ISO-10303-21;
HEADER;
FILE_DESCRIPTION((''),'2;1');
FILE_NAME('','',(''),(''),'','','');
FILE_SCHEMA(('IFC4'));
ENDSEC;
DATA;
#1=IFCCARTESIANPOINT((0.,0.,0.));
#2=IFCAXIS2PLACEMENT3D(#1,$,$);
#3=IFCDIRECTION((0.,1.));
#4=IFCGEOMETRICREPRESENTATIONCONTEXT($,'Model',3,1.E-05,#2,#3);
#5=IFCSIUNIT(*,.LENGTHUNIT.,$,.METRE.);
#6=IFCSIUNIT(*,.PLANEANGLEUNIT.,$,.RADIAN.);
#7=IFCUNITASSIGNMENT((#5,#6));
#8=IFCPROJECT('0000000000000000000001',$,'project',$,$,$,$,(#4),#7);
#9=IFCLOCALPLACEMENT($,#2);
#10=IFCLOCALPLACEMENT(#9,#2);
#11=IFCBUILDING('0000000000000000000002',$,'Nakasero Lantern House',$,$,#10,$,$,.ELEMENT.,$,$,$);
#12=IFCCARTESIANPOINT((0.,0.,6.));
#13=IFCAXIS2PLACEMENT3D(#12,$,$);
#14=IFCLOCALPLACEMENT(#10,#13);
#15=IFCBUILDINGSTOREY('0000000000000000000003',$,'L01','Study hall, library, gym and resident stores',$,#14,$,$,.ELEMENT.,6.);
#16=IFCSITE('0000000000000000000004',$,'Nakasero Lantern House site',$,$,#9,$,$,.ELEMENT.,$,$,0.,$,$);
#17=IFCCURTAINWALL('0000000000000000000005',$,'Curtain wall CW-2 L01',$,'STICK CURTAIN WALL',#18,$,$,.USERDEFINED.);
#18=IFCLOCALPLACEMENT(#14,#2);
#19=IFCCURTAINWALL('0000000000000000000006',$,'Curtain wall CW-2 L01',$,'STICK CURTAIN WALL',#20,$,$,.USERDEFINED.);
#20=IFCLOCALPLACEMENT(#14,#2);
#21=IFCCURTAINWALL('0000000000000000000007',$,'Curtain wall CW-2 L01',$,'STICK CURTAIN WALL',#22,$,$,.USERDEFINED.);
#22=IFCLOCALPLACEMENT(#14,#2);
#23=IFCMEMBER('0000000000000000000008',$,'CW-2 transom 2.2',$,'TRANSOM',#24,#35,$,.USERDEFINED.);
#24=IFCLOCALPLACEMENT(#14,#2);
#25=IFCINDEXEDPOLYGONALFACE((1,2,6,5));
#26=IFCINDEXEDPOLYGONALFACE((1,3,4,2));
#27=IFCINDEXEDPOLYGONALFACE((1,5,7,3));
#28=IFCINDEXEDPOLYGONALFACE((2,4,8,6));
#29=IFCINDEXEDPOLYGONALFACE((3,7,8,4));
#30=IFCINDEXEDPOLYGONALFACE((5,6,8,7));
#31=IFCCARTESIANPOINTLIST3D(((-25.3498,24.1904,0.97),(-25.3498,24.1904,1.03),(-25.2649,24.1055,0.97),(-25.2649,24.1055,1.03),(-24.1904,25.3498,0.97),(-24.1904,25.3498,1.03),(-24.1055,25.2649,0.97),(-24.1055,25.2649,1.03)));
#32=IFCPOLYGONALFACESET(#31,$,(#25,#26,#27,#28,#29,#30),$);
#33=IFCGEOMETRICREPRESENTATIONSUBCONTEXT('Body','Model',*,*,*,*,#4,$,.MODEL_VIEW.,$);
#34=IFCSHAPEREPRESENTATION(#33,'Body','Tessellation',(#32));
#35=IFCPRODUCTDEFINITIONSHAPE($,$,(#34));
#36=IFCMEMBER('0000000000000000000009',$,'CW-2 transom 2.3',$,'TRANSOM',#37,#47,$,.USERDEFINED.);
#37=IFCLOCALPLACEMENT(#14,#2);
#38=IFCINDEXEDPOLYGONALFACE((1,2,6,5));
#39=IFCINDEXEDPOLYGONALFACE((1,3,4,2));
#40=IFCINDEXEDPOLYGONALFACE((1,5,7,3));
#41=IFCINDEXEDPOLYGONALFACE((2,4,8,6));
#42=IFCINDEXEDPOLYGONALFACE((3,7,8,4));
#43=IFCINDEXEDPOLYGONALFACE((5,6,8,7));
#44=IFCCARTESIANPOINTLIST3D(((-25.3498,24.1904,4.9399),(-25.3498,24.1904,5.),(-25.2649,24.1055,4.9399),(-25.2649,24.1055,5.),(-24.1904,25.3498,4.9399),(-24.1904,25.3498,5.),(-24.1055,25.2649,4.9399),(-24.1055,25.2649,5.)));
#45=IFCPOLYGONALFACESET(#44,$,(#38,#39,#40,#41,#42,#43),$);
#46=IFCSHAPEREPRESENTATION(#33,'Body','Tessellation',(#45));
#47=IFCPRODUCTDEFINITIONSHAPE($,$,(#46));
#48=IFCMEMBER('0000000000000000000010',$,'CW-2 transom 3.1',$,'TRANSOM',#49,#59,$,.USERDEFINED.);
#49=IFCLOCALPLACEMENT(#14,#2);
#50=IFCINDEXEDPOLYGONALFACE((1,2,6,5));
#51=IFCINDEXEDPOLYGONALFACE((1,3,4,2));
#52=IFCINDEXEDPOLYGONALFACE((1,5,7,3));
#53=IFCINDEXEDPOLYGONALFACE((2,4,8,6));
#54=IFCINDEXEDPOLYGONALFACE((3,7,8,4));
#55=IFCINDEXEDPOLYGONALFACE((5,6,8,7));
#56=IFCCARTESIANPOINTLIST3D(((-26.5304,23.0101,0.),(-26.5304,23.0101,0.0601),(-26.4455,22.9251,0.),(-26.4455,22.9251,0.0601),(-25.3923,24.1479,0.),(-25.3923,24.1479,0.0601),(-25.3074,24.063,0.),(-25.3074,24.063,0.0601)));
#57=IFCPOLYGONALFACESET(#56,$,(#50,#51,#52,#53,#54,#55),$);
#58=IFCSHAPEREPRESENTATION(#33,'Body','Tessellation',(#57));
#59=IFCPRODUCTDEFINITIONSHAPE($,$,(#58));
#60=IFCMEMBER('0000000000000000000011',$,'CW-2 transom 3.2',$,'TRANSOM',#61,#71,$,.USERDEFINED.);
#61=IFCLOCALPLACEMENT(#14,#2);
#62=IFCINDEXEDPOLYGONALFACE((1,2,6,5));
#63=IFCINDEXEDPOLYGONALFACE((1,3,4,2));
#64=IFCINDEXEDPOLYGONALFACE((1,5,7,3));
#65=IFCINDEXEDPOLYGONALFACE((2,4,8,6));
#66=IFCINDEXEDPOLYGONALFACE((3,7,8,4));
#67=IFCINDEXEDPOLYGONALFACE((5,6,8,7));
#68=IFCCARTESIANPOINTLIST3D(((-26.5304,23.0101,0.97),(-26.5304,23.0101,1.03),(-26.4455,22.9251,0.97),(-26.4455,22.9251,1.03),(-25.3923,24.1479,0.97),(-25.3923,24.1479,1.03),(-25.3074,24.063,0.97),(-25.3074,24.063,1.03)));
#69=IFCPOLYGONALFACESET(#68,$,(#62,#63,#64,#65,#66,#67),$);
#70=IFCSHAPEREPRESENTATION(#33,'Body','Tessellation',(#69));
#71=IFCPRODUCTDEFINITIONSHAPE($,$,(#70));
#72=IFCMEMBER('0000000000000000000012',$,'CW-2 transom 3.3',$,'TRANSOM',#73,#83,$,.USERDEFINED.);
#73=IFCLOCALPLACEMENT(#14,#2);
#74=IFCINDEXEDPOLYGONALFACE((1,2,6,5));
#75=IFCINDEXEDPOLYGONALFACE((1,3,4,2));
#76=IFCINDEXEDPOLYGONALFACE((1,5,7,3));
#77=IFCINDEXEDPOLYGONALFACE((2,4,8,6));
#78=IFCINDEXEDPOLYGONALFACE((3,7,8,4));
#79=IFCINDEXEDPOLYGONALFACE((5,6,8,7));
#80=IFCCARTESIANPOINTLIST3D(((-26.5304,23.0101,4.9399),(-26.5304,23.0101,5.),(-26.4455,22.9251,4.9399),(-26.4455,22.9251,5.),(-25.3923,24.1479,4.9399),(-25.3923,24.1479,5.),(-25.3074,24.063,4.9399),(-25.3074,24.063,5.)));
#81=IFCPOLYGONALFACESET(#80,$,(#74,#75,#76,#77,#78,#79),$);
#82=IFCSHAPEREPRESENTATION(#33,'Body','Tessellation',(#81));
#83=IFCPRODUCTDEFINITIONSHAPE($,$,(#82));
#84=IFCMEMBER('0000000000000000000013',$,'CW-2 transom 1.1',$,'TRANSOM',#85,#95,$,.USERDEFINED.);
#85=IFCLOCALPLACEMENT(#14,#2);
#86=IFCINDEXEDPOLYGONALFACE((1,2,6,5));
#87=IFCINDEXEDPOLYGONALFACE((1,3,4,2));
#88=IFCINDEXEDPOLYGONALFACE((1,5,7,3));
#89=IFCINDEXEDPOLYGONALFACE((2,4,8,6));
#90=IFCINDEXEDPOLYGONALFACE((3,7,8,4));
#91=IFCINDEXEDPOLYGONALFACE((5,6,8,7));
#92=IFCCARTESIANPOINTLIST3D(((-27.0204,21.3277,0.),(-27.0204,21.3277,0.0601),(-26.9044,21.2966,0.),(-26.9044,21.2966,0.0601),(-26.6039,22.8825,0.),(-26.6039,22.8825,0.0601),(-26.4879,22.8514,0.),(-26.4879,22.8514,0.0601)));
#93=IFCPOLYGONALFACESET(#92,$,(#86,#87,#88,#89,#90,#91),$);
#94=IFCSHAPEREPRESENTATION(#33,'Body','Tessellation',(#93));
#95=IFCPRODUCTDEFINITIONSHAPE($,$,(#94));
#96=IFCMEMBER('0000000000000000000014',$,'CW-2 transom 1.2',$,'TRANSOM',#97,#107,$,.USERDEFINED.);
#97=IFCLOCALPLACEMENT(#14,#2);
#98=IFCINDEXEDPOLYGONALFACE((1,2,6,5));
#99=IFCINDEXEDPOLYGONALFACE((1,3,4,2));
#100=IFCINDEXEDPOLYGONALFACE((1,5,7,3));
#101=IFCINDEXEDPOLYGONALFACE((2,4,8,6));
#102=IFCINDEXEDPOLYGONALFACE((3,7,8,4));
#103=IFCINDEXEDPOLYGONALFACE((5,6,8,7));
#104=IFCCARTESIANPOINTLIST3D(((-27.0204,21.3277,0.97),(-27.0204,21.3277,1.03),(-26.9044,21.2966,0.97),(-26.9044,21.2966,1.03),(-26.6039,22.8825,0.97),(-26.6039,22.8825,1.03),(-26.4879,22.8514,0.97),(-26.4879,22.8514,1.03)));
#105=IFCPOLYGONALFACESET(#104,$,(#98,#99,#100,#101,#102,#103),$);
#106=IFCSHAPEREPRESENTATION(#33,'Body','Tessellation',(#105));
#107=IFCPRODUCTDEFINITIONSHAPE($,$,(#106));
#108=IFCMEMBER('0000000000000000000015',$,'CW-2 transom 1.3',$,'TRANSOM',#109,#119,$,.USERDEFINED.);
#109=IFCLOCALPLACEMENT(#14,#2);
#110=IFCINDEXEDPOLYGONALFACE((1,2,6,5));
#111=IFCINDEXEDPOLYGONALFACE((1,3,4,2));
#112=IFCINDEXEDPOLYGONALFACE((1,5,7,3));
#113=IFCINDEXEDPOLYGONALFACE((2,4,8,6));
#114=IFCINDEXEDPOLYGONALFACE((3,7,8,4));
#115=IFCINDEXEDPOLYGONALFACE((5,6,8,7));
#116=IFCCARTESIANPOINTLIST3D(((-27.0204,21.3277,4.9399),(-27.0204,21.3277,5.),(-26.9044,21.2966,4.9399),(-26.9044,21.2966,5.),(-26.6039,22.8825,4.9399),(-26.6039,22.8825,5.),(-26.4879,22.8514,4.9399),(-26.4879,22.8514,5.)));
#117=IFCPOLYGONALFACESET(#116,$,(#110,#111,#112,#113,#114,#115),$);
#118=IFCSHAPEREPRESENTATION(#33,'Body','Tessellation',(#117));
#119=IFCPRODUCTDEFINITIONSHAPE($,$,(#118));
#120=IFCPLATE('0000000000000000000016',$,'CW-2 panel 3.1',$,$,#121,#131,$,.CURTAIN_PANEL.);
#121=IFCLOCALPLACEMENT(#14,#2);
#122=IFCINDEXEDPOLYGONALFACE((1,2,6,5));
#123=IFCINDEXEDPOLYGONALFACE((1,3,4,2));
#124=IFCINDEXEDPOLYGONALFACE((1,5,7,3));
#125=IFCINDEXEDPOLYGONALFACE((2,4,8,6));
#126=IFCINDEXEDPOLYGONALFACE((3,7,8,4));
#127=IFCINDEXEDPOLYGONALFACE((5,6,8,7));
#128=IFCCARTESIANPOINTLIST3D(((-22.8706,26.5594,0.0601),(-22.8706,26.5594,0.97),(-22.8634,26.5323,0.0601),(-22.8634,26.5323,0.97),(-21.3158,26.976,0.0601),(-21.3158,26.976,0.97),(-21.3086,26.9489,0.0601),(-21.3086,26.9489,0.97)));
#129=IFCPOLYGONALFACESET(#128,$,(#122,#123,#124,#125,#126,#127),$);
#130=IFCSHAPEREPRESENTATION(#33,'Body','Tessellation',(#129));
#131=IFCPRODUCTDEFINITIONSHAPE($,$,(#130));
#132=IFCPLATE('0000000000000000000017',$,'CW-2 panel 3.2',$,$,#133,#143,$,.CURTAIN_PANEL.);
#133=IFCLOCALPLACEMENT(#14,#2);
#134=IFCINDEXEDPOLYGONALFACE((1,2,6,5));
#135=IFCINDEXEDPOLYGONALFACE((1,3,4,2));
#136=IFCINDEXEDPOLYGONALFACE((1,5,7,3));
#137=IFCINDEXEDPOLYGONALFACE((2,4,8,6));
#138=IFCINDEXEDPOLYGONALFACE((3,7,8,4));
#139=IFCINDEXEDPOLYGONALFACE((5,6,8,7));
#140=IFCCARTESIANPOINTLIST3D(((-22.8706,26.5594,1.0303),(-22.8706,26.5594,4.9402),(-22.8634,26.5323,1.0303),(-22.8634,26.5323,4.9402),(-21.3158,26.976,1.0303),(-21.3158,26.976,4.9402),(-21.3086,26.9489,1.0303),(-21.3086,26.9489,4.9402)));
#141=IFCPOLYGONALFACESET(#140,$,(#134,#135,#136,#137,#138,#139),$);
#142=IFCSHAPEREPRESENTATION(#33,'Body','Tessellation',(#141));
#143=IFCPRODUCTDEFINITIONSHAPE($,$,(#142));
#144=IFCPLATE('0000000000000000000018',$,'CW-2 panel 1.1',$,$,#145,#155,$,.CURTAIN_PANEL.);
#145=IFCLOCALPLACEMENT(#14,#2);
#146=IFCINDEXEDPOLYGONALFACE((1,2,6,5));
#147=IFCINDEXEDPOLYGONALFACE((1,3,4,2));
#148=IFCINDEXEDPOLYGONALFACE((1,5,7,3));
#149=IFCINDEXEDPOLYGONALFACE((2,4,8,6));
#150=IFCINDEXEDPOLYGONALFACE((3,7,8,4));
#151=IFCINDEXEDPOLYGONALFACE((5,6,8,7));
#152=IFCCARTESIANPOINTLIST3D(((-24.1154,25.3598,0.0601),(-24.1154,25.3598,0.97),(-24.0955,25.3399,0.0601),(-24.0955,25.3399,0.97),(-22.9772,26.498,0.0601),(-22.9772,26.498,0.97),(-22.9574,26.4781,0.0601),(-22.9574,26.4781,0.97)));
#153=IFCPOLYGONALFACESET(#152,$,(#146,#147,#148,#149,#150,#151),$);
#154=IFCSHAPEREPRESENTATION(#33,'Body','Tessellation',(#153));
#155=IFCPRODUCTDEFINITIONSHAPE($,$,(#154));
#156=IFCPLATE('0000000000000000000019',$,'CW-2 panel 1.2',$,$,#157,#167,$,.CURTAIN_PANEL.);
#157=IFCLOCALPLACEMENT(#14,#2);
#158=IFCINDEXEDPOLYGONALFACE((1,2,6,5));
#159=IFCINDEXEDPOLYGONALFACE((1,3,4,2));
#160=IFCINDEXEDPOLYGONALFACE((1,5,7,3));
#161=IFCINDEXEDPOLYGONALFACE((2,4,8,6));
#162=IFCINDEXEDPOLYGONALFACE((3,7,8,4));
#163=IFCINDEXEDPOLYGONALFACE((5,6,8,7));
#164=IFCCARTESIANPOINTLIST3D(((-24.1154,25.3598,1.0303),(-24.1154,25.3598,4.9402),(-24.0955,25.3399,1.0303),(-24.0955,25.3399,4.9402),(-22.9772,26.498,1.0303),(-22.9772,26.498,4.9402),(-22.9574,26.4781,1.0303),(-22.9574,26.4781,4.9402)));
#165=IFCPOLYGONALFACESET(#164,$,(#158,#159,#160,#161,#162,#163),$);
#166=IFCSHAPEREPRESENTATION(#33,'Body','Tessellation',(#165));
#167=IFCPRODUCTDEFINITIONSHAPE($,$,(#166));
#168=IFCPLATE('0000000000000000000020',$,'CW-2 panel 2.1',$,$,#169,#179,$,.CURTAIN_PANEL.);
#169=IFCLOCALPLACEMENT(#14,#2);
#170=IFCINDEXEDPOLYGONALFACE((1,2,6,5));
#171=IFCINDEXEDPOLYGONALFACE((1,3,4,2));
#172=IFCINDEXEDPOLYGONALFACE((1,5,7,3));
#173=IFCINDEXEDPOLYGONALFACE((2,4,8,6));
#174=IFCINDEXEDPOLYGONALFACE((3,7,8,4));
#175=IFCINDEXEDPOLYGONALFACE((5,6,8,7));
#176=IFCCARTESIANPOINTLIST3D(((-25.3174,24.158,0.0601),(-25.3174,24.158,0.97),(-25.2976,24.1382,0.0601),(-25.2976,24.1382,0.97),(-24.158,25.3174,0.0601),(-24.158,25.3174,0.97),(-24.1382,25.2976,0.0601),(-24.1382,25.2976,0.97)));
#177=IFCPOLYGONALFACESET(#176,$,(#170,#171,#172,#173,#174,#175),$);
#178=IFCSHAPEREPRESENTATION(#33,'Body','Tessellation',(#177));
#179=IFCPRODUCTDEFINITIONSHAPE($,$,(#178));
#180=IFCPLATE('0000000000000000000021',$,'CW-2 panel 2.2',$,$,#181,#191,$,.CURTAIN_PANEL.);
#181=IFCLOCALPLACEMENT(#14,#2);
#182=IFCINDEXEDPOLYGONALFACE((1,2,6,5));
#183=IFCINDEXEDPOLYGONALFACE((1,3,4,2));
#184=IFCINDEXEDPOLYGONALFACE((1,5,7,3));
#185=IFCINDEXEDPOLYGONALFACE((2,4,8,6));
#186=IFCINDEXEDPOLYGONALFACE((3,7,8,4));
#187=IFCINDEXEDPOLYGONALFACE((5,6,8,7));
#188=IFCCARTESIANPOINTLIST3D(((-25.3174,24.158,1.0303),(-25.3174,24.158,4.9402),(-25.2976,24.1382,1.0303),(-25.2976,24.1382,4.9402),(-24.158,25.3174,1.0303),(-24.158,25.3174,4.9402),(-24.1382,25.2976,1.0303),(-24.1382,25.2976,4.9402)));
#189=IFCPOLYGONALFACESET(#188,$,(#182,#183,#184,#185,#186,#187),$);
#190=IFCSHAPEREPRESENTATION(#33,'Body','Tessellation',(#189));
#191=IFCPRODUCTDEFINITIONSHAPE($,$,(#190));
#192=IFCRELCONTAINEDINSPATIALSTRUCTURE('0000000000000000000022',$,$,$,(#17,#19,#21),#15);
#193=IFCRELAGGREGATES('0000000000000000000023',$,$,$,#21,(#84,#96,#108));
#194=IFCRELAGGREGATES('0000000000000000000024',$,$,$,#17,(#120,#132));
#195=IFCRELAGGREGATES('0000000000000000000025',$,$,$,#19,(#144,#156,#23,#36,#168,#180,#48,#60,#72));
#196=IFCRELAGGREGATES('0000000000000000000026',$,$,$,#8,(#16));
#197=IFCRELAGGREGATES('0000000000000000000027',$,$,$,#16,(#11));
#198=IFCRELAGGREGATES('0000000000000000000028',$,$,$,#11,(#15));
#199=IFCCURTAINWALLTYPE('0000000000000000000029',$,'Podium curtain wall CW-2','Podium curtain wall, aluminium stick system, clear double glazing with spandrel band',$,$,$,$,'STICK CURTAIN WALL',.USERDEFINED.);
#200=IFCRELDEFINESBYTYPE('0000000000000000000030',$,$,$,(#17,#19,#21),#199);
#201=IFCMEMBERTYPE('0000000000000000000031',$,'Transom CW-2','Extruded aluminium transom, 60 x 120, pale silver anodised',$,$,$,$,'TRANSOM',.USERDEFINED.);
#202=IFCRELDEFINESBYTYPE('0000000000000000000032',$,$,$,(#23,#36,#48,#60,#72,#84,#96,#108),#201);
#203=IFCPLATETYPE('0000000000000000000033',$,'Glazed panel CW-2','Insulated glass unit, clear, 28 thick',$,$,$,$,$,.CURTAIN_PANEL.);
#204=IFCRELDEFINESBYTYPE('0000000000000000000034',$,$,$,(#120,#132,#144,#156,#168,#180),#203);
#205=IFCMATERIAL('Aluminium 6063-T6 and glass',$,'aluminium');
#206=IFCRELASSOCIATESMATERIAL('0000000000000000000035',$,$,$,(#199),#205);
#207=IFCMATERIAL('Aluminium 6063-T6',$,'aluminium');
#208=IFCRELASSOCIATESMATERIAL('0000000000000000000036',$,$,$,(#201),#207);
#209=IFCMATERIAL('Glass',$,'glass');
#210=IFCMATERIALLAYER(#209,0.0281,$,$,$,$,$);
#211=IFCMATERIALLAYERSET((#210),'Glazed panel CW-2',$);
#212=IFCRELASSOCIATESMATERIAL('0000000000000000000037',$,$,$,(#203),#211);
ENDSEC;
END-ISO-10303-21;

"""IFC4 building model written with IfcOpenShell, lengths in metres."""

from ifc_helpers import new_model, si_unit, direction, frame, origin, origin_2d, place, context, subcontext, project, spatial, rectangle, extrude, material, layer, layer_set, material_profile, profile_set, type_object, element, aggregate, save


model = new_model("IFC4")

# Units and contexts
model_context = context("Model", 3, precision=1e-05, world=origin(), true_north=direction((0.0, 1.0)))
body_context = subcontext(model_context, "Body", "Model", "MODEL_VIEW")
ifc_project = project(units=[si_unit("LENGTHUNIT", "METRE"), si_unit("PLANEANGLEUNIT", "RADIAN")], contexts=[model_context])

# Site, building, storey
site_placement = place(None, origin())
site = spatial("IfcSite", under=ifc_project, at=site_placement, Name="Nakasero Lantern House site", CompositionType="ELEMENT", RefElevation=0.0)
building_placement = place(site_placement, origin())
building = spatial("IfcBuilding", under=site, at=building_placement, Name="Nakasero Lantern House", CompositionType="ELEMENT")
storey_placement = place(building_placement, frame((0.0, 0.0, 6.0)))
storey = spatial("IfcBuildingStorey", under=building, at=storey_placement, Name="L01", Description="Study hall, library, gym and resident stores", CompositionType="ELEMENT", Elevation=6.0)

# Curtain walls
ifc_material_1 = material(Name="Aluminium 6063-T6 and glass", Category="aluminium")
curtain_wall_type = type_object("IfcCurtainWallType", Name="Podium curtain wall CW-2", Description="Podium curtain wall, aluminium stick system, clear double glazing with spandrel band", ElementType="STICK CURTAIN WALL", PredefinedType="USERDEFINED", material=ifc_material_1)
curtain_wall_1_placement = place(storey_placement, origin())
curtain_wall_1 = element("IfcCurtainWall", 1, at=curtain_wall_1_placement, inside=storey, type_object=curtain_wall_type, Name="Curtain wall CW-2 L01", ObjectType="STICK CURTAIN WALL", PredefinedType="USERDEFINED")
curtain_wall_2_placement = place(storey_placement, origin())
curtain_wall_2 = element("IfcCurtainWall", 2, at=curtain_wall_2_placement, inside=storey, type_object=curtain_wall_type, Name="Curtain wall CW-2 L01", ObjectType="STICK CURTAIN WALL", PredefinedType="USERDEFINED")

# Curtain wall
curtain_wall_3_placement = place(storey_placement, origin())
curtain_wall_3 = element("IfcCurtainWall", 3, at=curtain_wall_3_placement, inside=storey, type_object=curtain_wall_type, Name="Curtain wall CW-2 L01", ObjectType="STICK CURTAIN WALL", PredefinedType="USERDEFINED")

# Members
ifc_material_2 = material(Name="Aluminium 6063-T6", Category="aluminium")
ifc_material_profile_1 = material_profile(ifc_material_2, rectangle(XDim=0.0601, YDim=0.1201, at=origin_2d()), Name="CW-2 transom 60x120")
ifc_profile_set_1 = profile_set([ifc_material_profile_1], Name="Aluminium 6063-T6")
member_type_1 = type_object("IfcMemberType", Name="Transom CW-2", Description="Extruded aluminium transom, 60 x 120, pale silver anodised", ElementType="TRANSOM", PredefinedType="USERDEFINED", material=ifc_profile_set_1)
member_1_placement = place(storey_placement, frame((-24.1479, 25.3074, 1.0), z_axis=(-0.707107, -0.707107, 0.0), x_axis=(0.0, 0.0, 1.0)))
member_1 = element("IfcMember", 4, at=member_1_placement, type_object=member_type_1, Name="CW-2 transom 2.2", ObjectType="TRANSOM", PredefinedType="USERDEFINED", context=body_context, shape_type="SweptSolid", body=[
    extrude(rectangle(XDim=0.0601, YDim=0.1201, at=origin_2d()), origin(), (0.0, 0.0, 1.0), 1.6396),
])
member_2_placement = place(storey_placement, frame((-24.1479, 25.3074, 4.97), z_axis=(-0.707107, -0.707107, 0.0), x_axis=(0.0, 0.0, 1.0)))
member_2 = element("IfcMember", 5, at=member_2_placement, type_object=member_type_1, Name="CW-2 transom 2.3", ObjectType="TRANSOM", PredefinedType="USERDEFINED", context=body_context, shape_type="SweptSolid", body=[
    extrude(rectangle(XDim=0.0601, YDim=0.1201, at=origin_2d()), origin(), (0.0, 0.0, 1.0), 1.6396),
])
member_3_placement = place(storey_placement, frame((-25.3499, 24.1055, 0.03), z_axis=(-0.707183, -0.707031, 0.0), x_axis=(0.0, 0.0, 1.0)))
member_3 = element("IfcMember", 6, at=member_3_placement, type_object=member_type_1, Name="CW-2 transom 3.1", ObjectType="TRANSOM", PredefinedType="USERDEFINED", context=body_context, shape_type="SweptSolid", body=[
    extrude(rectangle(XDim=0.0601, YDim=0.1201, at=origin_2d()), origin(), (0.0, 0.0, 1.0), 1.6094),
])
member_4_placement = place(storey_placement, frame((-25.3499, 24.1055, 1.0), z_axis=(-0.707183, -0.707031, 0.0), x_axis=(0.0, 0.0, 1.0)))
member_4 = element("IfcMember", 7, at=member_4_placement, type_object=member_type_1, Name="CW-2 transom 3.2", ObjectType="TRANSOM", PredefinedType="USERDEFINED", context=body_context, shape_type="SweptSolid", body=[
    extrude(rectangle(XDim=0.0601, YDim=0.1201, at=origin_2d()), origin(), (0.0, 0.0, 1.0), 1.6094),
])
member_5_placement = place(storey_placement, frame((-25.3499, 24.1055, 4.97), z_axis=(-0.707183, -0.707031, 0.0), x_axis=(0.0, 0.0, 1.0)))
member_5 = element("IfcMember", 8, at=member_5_placement, type_object=member_type_1, Name="CW-2 transom 3.3", ObjectType="TRANSOM", PredefinedType="USERDEFINED", context=body_context, shape_type="SweptSolid", body=[
    extrude(rectangle(XDim=0.0601, YDim=0.1201, at=origin_2d()), origin(), (0.0, 0.0, 1.0), 1.6094),
])
member_6_placement = place(storey_placement, frame((-26.5459, 22.8669, 0.03), z_axis=(-0.258777, -0.965937, 0.0), x_axis=(0.0, 0.0, 1.0)))
member_6 = element("IfcMember", 9, at=member_6_placement, type_object=member_type_1, Name="CW-2 transom 1.1", ObjectType="TRANSOM", PredefinedType="USERDEFINED", context=body_context, shape_type="SweptSolid", body=[
    extrude(rectangle(XDim=0.0601, YDim=0.1201, at=origin_2d()), origin(), (0.0, 0.0, 1.0), 1.6096),
])
member_7_placement = place(storey_placement, frame((-26.5459, 22.8669, 1.0), z_axis=(-0.258777, -0.965937, 0.0), x_axis=(0.0, 0.0, 1.0)))
member_7 = element("IfcMember", 10, at=member_7_placement, type_object=member_type_1, Name="CW-2 transom 1.2", ObjectType="TRANSOM", PredefinedType="USERDEFINED", context=body_context, shape_type="SweptSolid", body=[
    extrude(rectangle(XDim=0.0601, YDim=0.1201, at=origin_2d()), origin(), (0.0, 0.0, 1.0), 1.6096),
])
member_8_placement = place(storey_placement, frame((-26.5459, 22.8669, 4.97), z_axis=(-0.258777, -0.965937, 0.0), x_axis=(0.0, 0.0, 1.0)))
member_8 = element("IfcMember", 11, at=member_8_placement, type_object=member_type_1, Name="CW-2 transom 1.3", ObjectType="TRANSOM", PredefinedType="USERDEFINED", context=body_context, shape_type="SweptSolid", body=[
    extrude(rectangle(XDim=0.0601, YDim=0.1201, at=origin_2d()), origin(), (0.0, 0.0, 1.0), 1.6096),
])
aggregate(curtain_wall_3, [member_6, member_7, member_8])

# Plates
ifc_material_3 = material(Name="Glass", Category="glass")
ifc_layer = layer(ifc_material_3, 0.0281)
ifc_layer_set = layer_set([ifc_layer], Name="Glazed panel CW-2")
plate_type = type_object("IfcPlateType", Name="Glazed panel CW-2", Description="Insulated glass unit, clear, 28 thick", PredefinedType="CURTAIN_PANEL", material=ifc_layer_set)
plate_1_placement = place(storey_placement, frame((-22.0896, 26.7542, 0.0601), z_axis=(0.0, 0.0, 1.0), x_axis=(-0.965926, -0.258819, 0.0)))
plate_1 = element("IfcPlate", 12, at=plate_1_placement, type_object=plate_type, Name="CW-2 panel 3.1", PredefinedType="CURTAIN_PANEL", context=body_context, shape_type="SweptSolid", body=[
    extrude(rectangle(XDim=1.6096, YDim=0.0281, at=origin_2d()), origin(), (0.0, 0.0, 1.0), 0.9099),
])
plate_2_placement = place(storey_placement, frame((-22.0896, 26.7542, 1.0303), z_axis=(0.0, 0.0, 1.0), x_axis=(-0.965926, -0.258819, 0.0)))
plate_2 = element("IfcPlate", 13, at=plate_2_placement, type_object=plate_type, Name="CW-2 panel 3.2", PredefinedType="CURTAIN_PANEL", context=body_context, shape_type="SweptSolid", body=[
    extrude(rectangle(XDim=1.6096, YDim=0.0281, at=origin_2d()), origin(), (0.0, 0.0, 1.0), 3.9099),
])
aggregate(curtain_wall_1, [plate_1, plate_2])
plate_3_placement = place(storey_placement, frame((-23.5364, 25.9189, 0.0601), z_axis=(0.0, 0.0, 1.0), x_axis=(-0.707107, -0.707107, 0.0)))
plate_3 = element("IfcPlate", 14, at=plate_3_placement, type_object=plate_type, Name="CW-2 panel 1.1", PredefinedType="CURTAIN_PANEL", context=body_context, shape_type="SweptSolid", body=[
    extrude(rectangle(XDim=1.6096, YDim=0.0281, at=origin_2d()), origin(), (0.0, 0.0, 1.0), 0.9099),
])
plate_4_placement = place(storey_placement, frame((-23.5364, 25.9189, 1.0303), z_axis=(0.0, 0.0, 1.0), x_axis=(-0.707107, -0.707107, 0.0)))
plate_4 = element("IfcPlate", 15, at=plate_4_placement, type_object=plate_type, Name="CW-2 panel 1.2", PredefinedType="CURTAIN_PANEL", context=body_context, shape_type="SweptSolid", body=[
    extrude(rectangle(XDim=1.6096, YDim=0.0281, at=origin_2d()), origin(), (0.0, 0.0, 1.0), 3.9099),
])
plate_5_placement = place(storey_placement, frame((-24.7278, 24.7278, 0.0601), z_axis=(0.0, 0.0, 1.0), x_axis=(-0.707107, -0.707107, 0.0)))
plate_5 = element("IfcPlate", 16, at=plate_5_placement, type_object=plate_type, Name="CW-2 panel 2.1", PredefinedType="CURTAIN_PANEL", context=body_context, shape_type="SweptSolid", body=[
    extrude(rectangle(XDim=1.6396, YDim=0.0281, at=origin_2d()), origin(), (0.0, 0.0, 1.0), 0.9099),
])
plate_6_placement = place(storey_placement, frame((-24.7278, 24.7278, 1.0303), z_axis=(0.0, 0.0, 1.0), x_axis=(-0.707107, -0.707107, 0.0)))
plate_6 = element("IfcPlate", 17, at=plate_6_placement, type_object=plate_type, Name="CW-2 panel 2.2", PredefinedType="CURTAIN_PANEL", context=body_context, shape_type="SweptSolid", body=[
    extrude(rectangle(XDim=1.6396, YDim=0.0281, at=origin_2d()), origin(), (0.0, 0.0, 1.0), 3.9099),
])
aggregate(curtain_wall_2, [plate_3, plate_4, member_1, member_2, plate_5, plate_6, member_3, member_4, member_5])

save(model, "model.ifc")
